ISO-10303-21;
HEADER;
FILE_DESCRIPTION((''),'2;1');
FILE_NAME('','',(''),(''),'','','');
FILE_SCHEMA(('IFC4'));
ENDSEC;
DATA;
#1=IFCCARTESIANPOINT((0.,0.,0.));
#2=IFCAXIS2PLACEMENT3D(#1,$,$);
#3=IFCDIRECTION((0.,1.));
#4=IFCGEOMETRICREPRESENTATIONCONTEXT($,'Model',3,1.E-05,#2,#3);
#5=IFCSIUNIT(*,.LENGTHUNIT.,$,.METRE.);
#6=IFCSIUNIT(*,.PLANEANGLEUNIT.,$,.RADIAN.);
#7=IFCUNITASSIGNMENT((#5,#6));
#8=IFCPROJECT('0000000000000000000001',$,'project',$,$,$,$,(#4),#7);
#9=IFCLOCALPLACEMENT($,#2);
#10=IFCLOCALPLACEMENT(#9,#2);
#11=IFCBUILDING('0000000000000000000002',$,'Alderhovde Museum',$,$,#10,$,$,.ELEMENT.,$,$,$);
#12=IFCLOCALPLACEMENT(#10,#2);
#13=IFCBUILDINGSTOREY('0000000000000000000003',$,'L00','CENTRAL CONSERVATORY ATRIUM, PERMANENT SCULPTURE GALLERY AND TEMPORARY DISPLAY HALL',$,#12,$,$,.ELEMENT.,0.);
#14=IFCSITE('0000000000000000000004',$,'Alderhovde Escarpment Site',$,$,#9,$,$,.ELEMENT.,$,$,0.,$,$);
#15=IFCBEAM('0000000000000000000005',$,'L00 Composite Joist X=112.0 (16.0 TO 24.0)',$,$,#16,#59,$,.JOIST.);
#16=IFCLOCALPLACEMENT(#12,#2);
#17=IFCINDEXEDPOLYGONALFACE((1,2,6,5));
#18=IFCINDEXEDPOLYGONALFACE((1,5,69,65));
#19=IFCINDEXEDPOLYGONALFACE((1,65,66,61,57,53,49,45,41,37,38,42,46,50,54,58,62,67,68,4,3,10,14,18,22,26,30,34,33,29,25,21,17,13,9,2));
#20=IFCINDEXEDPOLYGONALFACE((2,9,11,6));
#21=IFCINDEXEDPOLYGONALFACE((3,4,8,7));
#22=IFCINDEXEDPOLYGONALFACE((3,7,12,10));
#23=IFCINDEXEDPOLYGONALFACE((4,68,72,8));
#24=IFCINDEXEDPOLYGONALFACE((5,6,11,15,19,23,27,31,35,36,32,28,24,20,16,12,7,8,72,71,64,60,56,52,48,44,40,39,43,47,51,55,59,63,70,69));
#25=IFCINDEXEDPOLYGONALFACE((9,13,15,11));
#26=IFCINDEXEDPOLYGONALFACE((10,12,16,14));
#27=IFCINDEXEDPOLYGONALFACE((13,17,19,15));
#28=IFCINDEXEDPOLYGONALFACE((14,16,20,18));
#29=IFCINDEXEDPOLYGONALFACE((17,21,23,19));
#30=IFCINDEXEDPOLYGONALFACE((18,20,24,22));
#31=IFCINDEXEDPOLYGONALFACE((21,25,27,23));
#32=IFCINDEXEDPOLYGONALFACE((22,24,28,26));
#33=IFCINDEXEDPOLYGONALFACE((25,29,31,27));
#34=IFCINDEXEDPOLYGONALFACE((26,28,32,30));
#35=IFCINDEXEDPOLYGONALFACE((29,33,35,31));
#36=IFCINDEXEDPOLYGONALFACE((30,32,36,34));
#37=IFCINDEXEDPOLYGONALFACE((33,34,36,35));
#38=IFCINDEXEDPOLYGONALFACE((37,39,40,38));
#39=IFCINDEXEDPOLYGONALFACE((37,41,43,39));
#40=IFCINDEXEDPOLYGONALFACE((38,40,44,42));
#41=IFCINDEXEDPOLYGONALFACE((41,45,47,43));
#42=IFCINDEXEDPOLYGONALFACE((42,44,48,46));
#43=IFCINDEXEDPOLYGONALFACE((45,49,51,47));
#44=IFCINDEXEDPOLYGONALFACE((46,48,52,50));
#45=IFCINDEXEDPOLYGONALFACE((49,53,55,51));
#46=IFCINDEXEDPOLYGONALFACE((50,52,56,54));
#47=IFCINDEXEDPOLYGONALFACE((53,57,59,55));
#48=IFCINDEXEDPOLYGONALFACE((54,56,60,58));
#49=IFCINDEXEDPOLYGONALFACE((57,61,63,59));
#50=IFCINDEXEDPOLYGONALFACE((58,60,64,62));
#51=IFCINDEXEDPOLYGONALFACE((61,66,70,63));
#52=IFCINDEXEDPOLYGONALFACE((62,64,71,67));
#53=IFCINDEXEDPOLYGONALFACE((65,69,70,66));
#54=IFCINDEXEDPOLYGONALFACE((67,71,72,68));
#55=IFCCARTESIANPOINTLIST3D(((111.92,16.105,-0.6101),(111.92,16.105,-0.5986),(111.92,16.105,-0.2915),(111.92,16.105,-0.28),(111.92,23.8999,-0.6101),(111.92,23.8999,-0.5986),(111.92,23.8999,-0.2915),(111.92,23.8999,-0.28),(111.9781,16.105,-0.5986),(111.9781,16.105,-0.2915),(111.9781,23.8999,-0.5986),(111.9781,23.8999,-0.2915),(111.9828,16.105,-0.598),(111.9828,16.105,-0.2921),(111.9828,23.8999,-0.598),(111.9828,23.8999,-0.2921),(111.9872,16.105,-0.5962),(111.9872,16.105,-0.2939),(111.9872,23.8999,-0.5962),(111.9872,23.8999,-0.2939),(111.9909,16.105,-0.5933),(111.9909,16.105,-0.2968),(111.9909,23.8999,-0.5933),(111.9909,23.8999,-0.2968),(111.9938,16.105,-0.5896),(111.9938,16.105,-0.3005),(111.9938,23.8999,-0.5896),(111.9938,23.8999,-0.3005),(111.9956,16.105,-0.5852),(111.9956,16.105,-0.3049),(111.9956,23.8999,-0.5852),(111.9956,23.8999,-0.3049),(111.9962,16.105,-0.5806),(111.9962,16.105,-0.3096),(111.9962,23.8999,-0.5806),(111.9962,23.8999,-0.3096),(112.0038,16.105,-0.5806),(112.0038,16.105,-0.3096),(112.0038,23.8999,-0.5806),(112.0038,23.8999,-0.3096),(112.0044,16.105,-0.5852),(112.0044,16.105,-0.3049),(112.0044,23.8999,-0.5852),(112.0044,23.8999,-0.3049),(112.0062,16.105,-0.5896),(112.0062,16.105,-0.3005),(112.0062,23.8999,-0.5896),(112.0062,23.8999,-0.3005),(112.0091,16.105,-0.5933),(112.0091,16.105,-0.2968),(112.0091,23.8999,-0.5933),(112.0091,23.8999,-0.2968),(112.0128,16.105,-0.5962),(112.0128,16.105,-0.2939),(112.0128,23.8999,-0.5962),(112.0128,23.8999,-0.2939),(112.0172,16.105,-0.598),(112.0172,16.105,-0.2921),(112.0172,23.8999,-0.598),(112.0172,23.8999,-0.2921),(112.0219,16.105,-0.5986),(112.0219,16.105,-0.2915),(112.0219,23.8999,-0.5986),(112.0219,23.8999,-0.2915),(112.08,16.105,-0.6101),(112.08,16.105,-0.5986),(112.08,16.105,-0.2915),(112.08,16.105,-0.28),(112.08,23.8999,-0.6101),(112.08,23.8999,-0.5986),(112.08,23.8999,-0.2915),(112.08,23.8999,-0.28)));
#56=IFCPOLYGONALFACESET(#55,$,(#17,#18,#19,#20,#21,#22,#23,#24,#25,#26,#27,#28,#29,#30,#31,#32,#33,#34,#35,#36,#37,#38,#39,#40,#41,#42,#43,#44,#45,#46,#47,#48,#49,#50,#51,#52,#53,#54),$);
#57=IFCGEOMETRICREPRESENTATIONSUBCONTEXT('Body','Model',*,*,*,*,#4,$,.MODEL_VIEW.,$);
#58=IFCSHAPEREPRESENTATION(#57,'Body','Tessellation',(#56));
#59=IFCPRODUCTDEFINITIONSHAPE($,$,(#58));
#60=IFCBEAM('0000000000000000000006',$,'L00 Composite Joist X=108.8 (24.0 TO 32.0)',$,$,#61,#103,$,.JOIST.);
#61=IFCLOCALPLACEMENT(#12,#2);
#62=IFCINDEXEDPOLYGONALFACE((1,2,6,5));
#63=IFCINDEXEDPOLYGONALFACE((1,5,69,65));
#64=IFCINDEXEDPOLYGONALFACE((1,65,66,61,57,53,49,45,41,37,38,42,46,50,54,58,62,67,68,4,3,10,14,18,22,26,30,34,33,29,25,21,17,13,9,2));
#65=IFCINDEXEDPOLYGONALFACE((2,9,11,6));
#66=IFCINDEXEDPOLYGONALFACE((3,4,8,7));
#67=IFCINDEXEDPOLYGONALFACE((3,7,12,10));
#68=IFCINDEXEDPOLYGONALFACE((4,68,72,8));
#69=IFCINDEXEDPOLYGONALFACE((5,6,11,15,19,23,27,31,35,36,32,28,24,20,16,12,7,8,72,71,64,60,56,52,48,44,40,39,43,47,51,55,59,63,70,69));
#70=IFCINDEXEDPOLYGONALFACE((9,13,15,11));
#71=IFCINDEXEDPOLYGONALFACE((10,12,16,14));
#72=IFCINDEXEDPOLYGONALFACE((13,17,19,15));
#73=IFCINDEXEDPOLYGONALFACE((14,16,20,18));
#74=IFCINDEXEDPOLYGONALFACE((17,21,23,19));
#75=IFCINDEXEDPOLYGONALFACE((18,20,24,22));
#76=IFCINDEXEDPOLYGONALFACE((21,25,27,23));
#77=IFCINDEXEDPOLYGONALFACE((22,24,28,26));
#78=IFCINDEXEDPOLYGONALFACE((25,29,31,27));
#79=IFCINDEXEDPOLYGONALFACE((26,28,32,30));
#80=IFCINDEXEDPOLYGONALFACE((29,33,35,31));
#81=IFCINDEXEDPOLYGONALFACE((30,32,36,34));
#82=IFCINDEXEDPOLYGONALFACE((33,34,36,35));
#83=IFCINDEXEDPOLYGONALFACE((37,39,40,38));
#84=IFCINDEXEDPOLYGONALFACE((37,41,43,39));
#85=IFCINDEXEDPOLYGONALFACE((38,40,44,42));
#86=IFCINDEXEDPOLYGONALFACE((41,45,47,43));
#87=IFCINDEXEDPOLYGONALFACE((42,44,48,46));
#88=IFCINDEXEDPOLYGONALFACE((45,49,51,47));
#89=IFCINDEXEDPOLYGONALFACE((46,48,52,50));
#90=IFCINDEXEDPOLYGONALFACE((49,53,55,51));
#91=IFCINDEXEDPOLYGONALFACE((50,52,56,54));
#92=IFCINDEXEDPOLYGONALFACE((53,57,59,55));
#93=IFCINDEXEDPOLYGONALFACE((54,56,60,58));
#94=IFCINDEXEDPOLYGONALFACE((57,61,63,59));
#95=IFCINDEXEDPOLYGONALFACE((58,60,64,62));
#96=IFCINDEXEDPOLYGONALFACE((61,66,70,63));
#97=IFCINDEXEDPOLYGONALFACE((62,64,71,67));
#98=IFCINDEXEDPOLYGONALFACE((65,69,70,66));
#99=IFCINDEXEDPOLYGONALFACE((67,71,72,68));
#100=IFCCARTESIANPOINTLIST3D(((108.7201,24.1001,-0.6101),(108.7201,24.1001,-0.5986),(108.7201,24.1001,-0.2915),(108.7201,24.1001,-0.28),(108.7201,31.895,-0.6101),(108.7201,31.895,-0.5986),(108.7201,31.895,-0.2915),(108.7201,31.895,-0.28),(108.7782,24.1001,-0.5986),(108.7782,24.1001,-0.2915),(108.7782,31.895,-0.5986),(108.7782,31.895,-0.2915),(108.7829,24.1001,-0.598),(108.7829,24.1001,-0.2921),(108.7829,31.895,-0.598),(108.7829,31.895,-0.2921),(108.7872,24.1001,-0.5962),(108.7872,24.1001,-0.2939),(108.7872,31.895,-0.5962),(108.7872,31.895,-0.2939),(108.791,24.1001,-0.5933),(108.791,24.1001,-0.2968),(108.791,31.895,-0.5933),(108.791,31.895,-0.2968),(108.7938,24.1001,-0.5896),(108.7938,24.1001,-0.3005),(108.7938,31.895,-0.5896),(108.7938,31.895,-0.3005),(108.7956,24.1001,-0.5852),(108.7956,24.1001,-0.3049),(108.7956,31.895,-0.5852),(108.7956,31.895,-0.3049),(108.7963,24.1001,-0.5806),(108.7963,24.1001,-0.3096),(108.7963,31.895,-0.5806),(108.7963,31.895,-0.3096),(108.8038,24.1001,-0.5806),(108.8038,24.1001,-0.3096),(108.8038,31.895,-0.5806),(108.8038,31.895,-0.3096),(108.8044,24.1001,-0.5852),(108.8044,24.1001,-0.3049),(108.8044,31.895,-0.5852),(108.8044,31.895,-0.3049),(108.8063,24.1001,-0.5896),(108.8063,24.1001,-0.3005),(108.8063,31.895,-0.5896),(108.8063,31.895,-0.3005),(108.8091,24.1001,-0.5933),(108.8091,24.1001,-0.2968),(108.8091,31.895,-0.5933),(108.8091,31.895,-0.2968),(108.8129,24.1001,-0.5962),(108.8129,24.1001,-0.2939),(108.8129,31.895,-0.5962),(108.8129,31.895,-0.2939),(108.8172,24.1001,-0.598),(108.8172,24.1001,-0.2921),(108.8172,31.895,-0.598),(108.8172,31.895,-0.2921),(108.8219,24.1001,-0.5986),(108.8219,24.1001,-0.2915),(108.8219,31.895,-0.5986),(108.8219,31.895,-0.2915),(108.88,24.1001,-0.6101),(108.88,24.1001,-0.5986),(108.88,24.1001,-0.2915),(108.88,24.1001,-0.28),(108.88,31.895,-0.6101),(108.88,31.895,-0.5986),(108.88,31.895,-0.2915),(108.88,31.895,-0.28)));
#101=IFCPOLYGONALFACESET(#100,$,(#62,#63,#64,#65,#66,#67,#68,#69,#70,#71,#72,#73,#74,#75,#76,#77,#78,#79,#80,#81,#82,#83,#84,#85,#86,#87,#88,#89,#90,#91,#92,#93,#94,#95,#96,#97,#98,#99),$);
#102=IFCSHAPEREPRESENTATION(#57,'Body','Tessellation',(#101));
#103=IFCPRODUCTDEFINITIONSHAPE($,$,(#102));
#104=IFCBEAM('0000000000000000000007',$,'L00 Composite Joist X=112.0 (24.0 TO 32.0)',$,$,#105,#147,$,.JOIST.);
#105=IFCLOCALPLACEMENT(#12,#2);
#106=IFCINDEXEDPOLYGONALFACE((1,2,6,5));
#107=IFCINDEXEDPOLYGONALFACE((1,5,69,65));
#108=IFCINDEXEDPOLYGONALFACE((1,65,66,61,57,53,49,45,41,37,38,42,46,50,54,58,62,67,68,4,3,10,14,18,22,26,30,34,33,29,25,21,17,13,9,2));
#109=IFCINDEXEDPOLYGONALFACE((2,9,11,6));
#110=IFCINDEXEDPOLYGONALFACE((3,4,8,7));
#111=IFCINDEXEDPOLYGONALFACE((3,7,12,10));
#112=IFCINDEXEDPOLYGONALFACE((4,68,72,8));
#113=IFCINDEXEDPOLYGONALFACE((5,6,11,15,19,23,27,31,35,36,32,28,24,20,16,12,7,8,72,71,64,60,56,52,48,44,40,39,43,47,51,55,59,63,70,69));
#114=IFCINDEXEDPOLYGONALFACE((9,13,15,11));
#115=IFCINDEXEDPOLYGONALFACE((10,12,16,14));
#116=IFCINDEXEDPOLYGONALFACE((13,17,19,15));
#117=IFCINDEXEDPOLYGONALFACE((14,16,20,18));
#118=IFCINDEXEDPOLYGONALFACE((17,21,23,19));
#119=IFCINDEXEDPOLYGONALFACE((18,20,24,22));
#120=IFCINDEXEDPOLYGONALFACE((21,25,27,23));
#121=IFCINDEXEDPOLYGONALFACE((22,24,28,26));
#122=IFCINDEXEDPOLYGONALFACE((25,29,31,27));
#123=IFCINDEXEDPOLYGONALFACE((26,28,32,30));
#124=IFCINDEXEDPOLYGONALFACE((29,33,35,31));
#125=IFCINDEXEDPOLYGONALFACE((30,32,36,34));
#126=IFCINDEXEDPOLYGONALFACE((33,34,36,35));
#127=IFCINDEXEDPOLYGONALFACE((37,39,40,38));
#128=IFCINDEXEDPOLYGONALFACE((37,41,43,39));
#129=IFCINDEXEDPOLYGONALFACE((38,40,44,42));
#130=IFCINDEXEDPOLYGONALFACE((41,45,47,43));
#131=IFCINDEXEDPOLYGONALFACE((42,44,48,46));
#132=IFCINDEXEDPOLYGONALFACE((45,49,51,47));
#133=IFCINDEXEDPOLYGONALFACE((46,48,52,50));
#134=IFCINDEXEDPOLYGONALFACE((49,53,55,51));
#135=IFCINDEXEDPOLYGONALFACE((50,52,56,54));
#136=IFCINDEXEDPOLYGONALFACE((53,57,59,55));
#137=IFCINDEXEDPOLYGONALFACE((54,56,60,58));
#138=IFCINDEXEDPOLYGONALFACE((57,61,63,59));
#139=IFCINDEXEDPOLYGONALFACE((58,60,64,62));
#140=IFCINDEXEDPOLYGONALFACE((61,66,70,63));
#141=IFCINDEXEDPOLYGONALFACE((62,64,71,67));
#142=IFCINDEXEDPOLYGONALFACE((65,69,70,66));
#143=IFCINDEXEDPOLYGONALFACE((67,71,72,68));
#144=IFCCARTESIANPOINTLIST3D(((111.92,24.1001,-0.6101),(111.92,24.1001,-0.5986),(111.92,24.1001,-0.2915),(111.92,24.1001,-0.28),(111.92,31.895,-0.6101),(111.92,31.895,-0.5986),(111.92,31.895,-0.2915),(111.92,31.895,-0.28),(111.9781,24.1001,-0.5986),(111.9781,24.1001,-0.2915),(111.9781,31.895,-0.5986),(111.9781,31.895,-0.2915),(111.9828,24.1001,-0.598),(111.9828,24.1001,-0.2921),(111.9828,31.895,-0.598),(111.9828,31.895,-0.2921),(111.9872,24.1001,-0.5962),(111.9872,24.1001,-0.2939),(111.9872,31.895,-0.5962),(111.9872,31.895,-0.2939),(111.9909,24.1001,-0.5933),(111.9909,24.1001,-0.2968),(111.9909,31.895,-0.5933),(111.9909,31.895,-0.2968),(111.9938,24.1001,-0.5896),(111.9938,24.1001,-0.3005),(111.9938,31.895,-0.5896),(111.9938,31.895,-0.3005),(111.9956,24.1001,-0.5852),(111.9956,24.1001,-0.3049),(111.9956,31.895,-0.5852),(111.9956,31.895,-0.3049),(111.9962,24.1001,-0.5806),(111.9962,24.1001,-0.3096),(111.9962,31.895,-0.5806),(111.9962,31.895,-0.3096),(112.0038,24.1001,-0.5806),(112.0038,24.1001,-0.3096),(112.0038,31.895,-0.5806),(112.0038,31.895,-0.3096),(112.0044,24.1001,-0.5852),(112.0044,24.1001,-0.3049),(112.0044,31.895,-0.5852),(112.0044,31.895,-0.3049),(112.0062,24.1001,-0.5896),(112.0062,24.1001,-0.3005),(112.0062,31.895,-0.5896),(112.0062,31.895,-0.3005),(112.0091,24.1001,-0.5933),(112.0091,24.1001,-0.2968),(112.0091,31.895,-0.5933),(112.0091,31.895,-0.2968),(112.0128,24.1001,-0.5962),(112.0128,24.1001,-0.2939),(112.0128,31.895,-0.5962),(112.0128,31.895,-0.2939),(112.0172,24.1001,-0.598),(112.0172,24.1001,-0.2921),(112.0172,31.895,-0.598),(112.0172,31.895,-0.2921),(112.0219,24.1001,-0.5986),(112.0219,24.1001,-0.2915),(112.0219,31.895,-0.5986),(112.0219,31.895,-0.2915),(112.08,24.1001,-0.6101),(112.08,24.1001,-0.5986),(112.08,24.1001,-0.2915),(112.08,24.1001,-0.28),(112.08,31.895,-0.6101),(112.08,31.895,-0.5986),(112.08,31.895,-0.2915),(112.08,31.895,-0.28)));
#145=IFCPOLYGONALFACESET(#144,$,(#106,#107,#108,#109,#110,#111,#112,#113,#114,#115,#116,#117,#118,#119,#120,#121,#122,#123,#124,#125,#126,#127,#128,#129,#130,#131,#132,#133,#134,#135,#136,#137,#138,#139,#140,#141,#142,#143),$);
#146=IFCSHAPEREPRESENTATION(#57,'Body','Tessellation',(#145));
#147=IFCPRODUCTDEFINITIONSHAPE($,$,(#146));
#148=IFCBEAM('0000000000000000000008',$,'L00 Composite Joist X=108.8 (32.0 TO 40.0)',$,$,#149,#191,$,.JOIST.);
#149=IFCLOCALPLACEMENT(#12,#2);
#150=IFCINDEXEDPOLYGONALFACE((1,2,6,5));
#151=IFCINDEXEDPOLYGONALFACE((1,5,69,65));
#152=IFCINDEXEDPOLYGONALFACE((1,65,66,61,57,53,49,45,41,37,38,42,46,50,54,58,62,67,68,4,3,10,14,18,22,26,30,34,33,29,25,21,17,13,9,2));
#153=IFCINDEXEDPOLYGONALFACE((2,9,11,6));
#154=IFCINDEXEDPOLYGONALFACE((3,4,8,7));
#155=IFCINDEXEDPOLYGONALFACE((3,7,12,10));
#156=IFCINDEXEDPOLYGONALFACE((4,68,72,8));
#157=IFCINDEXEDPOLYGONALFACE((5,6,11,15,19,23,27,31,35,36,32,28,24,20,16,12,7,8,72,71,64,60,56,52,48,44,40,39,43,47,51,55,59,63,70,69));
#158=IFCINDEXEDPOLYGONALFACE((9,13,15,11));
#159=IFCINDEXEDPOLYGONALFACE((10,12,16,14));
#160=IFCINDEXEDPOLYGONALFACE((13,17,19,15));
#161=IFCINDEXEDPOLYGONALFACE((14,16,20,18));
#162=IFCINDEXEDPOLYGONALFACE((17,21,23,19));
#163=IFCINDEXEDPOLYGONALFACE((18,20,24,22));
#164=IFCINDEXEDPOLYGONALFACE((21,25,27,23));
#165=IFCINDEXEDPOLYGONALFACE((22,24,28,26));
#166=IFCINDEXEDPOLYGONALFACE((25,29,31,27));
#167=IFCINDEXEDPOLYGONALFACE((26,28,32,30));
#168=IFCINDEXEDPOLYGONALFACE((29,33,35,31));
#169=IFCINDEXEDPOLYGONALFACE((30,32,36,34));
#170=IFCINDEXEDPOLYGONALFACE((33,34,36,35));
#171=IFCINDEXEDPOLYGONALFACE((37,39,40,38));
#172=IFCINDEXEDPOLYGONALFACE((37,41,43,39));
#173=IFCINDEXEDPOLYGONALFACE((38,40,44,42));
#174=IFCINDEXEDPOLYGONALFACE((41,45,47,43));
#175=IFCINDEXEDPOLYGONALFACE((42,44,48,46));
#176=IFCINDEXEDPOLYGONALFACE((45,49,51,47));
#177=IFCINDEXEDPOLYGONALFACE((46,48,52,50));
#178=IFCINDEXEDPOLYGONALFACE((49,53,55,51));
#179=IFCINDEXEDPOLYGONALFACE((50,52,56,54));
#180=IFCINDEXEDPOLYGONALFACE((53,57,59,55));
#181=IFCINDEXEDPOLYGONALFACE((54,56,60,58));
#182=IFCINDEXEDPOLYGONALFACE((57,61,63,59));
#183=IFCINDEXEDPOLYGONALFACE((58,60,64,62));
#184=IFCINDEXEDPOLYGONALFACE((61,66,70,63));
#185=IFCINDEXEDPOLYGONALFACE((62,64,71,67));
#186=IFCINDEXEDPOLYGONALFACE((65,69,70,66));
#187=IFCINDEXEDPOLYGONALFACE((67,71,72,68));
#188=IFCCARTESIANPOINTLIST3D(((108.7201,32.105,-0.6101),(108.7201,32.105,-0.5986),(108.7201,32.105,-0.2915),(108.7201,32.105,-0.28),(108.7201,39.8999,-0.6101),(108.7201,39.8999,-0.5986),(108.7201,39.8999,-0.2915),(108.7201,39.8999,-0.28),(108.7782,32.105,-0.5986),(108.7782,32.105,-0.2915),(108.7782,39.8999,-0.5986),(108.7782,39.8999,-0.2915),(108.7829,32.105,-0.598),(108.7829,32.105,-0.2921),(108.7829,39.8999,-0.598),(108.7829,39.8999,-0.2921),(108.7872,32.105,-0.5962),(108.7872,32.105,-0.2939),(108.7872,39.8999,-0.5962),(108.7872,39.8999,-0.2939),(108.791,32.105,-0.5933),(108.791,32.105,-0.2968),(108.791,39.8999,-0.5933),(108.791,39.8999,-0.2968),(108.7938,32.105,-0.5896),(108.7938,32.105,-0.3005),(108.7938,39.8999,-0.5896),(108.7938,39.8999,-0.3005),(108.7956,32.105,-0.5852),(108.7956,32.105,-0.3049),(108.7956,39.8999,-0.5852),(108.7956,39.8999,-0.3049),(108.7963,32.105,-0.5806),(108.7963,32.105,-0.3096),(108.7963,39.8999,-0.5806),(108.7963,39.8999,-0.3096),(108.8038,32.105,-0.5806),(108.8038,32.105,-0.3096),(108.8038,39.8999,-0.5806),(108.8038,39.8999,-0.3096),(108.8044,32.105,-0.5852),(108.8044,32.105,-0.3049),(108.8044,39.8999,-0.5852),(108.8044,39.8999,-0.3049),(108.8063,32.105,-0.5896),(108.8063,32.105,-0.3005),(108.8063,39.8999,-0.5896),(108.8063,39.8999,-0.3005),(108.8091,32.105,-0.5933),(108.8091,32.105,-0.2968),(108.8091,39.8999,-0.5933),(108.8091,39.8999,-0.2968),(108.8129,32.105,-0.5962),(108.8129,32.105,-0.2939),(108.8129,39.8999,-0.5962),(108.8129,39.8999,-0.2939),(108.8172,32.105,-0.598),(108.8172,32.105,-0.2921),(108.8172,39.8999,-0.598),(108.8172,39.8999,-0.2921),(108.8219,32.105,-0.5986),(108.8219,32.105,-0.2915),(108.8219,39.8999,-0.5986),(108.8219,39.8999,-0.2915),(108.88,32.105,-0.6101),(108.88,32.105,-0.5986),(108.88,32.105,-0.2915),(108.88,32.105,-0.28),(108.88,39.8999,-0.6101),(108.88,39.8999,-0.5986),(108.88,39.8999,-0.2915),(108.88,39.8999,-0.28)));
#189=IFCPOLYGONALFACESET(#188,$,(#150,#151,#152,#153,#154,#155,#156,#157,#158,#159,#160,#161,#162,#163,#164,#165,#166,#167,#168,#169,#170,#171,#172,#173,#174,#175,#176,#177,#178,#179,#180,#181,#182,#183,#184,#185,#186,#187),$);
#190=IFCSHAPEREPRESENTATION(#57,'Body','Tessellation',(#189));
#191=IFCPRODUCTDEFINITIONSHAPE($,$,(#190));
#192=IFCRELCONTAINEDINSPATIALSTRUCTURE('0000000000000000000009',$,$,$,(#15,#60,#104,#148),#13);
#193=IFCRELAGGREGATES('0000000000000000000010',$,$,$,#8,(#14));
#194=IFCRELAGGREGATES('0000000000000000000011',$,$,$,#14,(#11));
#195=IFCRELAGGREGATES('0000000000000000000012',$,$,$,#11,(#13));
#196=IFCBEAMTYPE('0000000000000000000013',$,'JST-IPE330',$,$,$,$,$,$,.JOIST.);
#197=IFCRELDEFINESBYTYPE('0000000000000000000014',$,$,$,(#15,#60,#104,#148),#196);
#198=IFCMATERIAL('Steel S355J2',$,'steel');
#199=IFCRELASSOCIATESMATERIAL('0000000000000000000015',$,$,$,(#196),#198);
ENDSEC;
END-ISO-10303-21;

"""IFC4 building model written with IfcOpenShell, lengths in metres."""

from ifc_helpers import new_model, si_unit, direction, frame, origin, origin_2d, place, context, subcontext, project, spatial, i_section, extrude, material, material_profile, profile_set, type_object, element, save


model = new_model("IFC4")

# Units and contexts
model_context = context("Model", 3, precision=1e-05, world=origin(), true_north=direction((0.0, 1.0)))
body_context = subcontext(model_context, "Body", "Model", "MODEL_VIEW")
ifc_project = project(units=[si_unit("LENGTHUNIT", "METRE"), si_unit("PLANEANGLEUNIT", "RADIAN")], contexts=[model_context])

# Site, building, storey
site_placement = place(None, origin())
site = spatial("IfcSite", under=ifc_project, at=site_placement, Name="Alderhovde Escarpment Site", CompositionType="ELEMENT", RefElevation=0.0)
building_placement = place(site_placement, origin())
building = spatial("IfcBuilding", under=site, at=building_placement, Name="Alderhovde Museum", CompositionType="ELEMENT")
storey_placement = place(building_placement, origin())
storey = spatial("IfcBuildingStorey", under=building, at=storey_placement, Name="L00", Description="CENTRAL CONSERVATORY ATRIUM, PERMANENT SCULPTURE GALLERY AND TEMPORARY DISPLAY HALL", CompositionType="ELEMENT", Elevation=0.0)

# Beams
ifc_material_1 = material(Name="Steel S355J2", Category="steel")
ifc_material_profile_1 = material_profile(ifc_material_1, i_section(OverallWidth=0.1599, OverallDepth=0.3301, WebThickness=0.0076, FlangeThickness=0.0115, FilletRadius=0.0181, at=origin_2d()), Name="IPE 330")
ifc_profile_set_1 = profile_set([ifc_material_profile_1], Name="Steel S355J2")
beam_type_1 = type_object("IfcBeamType", Name="JST-IPE330", PredefinedType="JOIST", material=ifc_profile_set_1)
for number, where, z_axis, x_axis, name in (
    (1, (112.0, 16.105, -0.4451), (0.0, 1.0, 0.0), (-1.0, 0.0, 0.0), "L00 Composite Joist X=112.0 (16.0 TO 24.0)"),
    (2, (108.8, 24.1001, -0.4451), (0.0, 1.0, 0.0), (-1.0, 0.0, 0.0), "L00 Composite Joist X=108.8 (24.0 TO 32.0)"),
    (3, (112.0, 24.1001, -0.4451), (0.0, 1.0, 0.0), (-1.0, 0.0, 0.0), "L00 Composite Joist X=112.0 (24.0 TO 32.0)"),
    (4, (108.8, 32.105, -0.4451), (0.0, 1.0, 0.0), (-1.0, 0.0, 0.0), "L00 Composite Joist X=108.8 (32.0 TO 40.0)"),
):
    element("IfcBeam", number, at=place(storey_placement, frame(where, z_axis=z_axis, x_axis=x_axis)), inside=storey, type_object=beam_type_1, Name=name, PredefinedType="JOIST", context=body_context, shape_type="SweptSolid", body=[
        extrude(i_section(OverallWidth=0.1599, OverallDepth=0.3301, WebThickness=0.0076, FlangeThickness=0.0115, FilletRadius=0.0181, at=origin_2d()), origin(), (0.0, 0.0, 1.0), 7.7949),
    ])

save(model, "model.ifc")
